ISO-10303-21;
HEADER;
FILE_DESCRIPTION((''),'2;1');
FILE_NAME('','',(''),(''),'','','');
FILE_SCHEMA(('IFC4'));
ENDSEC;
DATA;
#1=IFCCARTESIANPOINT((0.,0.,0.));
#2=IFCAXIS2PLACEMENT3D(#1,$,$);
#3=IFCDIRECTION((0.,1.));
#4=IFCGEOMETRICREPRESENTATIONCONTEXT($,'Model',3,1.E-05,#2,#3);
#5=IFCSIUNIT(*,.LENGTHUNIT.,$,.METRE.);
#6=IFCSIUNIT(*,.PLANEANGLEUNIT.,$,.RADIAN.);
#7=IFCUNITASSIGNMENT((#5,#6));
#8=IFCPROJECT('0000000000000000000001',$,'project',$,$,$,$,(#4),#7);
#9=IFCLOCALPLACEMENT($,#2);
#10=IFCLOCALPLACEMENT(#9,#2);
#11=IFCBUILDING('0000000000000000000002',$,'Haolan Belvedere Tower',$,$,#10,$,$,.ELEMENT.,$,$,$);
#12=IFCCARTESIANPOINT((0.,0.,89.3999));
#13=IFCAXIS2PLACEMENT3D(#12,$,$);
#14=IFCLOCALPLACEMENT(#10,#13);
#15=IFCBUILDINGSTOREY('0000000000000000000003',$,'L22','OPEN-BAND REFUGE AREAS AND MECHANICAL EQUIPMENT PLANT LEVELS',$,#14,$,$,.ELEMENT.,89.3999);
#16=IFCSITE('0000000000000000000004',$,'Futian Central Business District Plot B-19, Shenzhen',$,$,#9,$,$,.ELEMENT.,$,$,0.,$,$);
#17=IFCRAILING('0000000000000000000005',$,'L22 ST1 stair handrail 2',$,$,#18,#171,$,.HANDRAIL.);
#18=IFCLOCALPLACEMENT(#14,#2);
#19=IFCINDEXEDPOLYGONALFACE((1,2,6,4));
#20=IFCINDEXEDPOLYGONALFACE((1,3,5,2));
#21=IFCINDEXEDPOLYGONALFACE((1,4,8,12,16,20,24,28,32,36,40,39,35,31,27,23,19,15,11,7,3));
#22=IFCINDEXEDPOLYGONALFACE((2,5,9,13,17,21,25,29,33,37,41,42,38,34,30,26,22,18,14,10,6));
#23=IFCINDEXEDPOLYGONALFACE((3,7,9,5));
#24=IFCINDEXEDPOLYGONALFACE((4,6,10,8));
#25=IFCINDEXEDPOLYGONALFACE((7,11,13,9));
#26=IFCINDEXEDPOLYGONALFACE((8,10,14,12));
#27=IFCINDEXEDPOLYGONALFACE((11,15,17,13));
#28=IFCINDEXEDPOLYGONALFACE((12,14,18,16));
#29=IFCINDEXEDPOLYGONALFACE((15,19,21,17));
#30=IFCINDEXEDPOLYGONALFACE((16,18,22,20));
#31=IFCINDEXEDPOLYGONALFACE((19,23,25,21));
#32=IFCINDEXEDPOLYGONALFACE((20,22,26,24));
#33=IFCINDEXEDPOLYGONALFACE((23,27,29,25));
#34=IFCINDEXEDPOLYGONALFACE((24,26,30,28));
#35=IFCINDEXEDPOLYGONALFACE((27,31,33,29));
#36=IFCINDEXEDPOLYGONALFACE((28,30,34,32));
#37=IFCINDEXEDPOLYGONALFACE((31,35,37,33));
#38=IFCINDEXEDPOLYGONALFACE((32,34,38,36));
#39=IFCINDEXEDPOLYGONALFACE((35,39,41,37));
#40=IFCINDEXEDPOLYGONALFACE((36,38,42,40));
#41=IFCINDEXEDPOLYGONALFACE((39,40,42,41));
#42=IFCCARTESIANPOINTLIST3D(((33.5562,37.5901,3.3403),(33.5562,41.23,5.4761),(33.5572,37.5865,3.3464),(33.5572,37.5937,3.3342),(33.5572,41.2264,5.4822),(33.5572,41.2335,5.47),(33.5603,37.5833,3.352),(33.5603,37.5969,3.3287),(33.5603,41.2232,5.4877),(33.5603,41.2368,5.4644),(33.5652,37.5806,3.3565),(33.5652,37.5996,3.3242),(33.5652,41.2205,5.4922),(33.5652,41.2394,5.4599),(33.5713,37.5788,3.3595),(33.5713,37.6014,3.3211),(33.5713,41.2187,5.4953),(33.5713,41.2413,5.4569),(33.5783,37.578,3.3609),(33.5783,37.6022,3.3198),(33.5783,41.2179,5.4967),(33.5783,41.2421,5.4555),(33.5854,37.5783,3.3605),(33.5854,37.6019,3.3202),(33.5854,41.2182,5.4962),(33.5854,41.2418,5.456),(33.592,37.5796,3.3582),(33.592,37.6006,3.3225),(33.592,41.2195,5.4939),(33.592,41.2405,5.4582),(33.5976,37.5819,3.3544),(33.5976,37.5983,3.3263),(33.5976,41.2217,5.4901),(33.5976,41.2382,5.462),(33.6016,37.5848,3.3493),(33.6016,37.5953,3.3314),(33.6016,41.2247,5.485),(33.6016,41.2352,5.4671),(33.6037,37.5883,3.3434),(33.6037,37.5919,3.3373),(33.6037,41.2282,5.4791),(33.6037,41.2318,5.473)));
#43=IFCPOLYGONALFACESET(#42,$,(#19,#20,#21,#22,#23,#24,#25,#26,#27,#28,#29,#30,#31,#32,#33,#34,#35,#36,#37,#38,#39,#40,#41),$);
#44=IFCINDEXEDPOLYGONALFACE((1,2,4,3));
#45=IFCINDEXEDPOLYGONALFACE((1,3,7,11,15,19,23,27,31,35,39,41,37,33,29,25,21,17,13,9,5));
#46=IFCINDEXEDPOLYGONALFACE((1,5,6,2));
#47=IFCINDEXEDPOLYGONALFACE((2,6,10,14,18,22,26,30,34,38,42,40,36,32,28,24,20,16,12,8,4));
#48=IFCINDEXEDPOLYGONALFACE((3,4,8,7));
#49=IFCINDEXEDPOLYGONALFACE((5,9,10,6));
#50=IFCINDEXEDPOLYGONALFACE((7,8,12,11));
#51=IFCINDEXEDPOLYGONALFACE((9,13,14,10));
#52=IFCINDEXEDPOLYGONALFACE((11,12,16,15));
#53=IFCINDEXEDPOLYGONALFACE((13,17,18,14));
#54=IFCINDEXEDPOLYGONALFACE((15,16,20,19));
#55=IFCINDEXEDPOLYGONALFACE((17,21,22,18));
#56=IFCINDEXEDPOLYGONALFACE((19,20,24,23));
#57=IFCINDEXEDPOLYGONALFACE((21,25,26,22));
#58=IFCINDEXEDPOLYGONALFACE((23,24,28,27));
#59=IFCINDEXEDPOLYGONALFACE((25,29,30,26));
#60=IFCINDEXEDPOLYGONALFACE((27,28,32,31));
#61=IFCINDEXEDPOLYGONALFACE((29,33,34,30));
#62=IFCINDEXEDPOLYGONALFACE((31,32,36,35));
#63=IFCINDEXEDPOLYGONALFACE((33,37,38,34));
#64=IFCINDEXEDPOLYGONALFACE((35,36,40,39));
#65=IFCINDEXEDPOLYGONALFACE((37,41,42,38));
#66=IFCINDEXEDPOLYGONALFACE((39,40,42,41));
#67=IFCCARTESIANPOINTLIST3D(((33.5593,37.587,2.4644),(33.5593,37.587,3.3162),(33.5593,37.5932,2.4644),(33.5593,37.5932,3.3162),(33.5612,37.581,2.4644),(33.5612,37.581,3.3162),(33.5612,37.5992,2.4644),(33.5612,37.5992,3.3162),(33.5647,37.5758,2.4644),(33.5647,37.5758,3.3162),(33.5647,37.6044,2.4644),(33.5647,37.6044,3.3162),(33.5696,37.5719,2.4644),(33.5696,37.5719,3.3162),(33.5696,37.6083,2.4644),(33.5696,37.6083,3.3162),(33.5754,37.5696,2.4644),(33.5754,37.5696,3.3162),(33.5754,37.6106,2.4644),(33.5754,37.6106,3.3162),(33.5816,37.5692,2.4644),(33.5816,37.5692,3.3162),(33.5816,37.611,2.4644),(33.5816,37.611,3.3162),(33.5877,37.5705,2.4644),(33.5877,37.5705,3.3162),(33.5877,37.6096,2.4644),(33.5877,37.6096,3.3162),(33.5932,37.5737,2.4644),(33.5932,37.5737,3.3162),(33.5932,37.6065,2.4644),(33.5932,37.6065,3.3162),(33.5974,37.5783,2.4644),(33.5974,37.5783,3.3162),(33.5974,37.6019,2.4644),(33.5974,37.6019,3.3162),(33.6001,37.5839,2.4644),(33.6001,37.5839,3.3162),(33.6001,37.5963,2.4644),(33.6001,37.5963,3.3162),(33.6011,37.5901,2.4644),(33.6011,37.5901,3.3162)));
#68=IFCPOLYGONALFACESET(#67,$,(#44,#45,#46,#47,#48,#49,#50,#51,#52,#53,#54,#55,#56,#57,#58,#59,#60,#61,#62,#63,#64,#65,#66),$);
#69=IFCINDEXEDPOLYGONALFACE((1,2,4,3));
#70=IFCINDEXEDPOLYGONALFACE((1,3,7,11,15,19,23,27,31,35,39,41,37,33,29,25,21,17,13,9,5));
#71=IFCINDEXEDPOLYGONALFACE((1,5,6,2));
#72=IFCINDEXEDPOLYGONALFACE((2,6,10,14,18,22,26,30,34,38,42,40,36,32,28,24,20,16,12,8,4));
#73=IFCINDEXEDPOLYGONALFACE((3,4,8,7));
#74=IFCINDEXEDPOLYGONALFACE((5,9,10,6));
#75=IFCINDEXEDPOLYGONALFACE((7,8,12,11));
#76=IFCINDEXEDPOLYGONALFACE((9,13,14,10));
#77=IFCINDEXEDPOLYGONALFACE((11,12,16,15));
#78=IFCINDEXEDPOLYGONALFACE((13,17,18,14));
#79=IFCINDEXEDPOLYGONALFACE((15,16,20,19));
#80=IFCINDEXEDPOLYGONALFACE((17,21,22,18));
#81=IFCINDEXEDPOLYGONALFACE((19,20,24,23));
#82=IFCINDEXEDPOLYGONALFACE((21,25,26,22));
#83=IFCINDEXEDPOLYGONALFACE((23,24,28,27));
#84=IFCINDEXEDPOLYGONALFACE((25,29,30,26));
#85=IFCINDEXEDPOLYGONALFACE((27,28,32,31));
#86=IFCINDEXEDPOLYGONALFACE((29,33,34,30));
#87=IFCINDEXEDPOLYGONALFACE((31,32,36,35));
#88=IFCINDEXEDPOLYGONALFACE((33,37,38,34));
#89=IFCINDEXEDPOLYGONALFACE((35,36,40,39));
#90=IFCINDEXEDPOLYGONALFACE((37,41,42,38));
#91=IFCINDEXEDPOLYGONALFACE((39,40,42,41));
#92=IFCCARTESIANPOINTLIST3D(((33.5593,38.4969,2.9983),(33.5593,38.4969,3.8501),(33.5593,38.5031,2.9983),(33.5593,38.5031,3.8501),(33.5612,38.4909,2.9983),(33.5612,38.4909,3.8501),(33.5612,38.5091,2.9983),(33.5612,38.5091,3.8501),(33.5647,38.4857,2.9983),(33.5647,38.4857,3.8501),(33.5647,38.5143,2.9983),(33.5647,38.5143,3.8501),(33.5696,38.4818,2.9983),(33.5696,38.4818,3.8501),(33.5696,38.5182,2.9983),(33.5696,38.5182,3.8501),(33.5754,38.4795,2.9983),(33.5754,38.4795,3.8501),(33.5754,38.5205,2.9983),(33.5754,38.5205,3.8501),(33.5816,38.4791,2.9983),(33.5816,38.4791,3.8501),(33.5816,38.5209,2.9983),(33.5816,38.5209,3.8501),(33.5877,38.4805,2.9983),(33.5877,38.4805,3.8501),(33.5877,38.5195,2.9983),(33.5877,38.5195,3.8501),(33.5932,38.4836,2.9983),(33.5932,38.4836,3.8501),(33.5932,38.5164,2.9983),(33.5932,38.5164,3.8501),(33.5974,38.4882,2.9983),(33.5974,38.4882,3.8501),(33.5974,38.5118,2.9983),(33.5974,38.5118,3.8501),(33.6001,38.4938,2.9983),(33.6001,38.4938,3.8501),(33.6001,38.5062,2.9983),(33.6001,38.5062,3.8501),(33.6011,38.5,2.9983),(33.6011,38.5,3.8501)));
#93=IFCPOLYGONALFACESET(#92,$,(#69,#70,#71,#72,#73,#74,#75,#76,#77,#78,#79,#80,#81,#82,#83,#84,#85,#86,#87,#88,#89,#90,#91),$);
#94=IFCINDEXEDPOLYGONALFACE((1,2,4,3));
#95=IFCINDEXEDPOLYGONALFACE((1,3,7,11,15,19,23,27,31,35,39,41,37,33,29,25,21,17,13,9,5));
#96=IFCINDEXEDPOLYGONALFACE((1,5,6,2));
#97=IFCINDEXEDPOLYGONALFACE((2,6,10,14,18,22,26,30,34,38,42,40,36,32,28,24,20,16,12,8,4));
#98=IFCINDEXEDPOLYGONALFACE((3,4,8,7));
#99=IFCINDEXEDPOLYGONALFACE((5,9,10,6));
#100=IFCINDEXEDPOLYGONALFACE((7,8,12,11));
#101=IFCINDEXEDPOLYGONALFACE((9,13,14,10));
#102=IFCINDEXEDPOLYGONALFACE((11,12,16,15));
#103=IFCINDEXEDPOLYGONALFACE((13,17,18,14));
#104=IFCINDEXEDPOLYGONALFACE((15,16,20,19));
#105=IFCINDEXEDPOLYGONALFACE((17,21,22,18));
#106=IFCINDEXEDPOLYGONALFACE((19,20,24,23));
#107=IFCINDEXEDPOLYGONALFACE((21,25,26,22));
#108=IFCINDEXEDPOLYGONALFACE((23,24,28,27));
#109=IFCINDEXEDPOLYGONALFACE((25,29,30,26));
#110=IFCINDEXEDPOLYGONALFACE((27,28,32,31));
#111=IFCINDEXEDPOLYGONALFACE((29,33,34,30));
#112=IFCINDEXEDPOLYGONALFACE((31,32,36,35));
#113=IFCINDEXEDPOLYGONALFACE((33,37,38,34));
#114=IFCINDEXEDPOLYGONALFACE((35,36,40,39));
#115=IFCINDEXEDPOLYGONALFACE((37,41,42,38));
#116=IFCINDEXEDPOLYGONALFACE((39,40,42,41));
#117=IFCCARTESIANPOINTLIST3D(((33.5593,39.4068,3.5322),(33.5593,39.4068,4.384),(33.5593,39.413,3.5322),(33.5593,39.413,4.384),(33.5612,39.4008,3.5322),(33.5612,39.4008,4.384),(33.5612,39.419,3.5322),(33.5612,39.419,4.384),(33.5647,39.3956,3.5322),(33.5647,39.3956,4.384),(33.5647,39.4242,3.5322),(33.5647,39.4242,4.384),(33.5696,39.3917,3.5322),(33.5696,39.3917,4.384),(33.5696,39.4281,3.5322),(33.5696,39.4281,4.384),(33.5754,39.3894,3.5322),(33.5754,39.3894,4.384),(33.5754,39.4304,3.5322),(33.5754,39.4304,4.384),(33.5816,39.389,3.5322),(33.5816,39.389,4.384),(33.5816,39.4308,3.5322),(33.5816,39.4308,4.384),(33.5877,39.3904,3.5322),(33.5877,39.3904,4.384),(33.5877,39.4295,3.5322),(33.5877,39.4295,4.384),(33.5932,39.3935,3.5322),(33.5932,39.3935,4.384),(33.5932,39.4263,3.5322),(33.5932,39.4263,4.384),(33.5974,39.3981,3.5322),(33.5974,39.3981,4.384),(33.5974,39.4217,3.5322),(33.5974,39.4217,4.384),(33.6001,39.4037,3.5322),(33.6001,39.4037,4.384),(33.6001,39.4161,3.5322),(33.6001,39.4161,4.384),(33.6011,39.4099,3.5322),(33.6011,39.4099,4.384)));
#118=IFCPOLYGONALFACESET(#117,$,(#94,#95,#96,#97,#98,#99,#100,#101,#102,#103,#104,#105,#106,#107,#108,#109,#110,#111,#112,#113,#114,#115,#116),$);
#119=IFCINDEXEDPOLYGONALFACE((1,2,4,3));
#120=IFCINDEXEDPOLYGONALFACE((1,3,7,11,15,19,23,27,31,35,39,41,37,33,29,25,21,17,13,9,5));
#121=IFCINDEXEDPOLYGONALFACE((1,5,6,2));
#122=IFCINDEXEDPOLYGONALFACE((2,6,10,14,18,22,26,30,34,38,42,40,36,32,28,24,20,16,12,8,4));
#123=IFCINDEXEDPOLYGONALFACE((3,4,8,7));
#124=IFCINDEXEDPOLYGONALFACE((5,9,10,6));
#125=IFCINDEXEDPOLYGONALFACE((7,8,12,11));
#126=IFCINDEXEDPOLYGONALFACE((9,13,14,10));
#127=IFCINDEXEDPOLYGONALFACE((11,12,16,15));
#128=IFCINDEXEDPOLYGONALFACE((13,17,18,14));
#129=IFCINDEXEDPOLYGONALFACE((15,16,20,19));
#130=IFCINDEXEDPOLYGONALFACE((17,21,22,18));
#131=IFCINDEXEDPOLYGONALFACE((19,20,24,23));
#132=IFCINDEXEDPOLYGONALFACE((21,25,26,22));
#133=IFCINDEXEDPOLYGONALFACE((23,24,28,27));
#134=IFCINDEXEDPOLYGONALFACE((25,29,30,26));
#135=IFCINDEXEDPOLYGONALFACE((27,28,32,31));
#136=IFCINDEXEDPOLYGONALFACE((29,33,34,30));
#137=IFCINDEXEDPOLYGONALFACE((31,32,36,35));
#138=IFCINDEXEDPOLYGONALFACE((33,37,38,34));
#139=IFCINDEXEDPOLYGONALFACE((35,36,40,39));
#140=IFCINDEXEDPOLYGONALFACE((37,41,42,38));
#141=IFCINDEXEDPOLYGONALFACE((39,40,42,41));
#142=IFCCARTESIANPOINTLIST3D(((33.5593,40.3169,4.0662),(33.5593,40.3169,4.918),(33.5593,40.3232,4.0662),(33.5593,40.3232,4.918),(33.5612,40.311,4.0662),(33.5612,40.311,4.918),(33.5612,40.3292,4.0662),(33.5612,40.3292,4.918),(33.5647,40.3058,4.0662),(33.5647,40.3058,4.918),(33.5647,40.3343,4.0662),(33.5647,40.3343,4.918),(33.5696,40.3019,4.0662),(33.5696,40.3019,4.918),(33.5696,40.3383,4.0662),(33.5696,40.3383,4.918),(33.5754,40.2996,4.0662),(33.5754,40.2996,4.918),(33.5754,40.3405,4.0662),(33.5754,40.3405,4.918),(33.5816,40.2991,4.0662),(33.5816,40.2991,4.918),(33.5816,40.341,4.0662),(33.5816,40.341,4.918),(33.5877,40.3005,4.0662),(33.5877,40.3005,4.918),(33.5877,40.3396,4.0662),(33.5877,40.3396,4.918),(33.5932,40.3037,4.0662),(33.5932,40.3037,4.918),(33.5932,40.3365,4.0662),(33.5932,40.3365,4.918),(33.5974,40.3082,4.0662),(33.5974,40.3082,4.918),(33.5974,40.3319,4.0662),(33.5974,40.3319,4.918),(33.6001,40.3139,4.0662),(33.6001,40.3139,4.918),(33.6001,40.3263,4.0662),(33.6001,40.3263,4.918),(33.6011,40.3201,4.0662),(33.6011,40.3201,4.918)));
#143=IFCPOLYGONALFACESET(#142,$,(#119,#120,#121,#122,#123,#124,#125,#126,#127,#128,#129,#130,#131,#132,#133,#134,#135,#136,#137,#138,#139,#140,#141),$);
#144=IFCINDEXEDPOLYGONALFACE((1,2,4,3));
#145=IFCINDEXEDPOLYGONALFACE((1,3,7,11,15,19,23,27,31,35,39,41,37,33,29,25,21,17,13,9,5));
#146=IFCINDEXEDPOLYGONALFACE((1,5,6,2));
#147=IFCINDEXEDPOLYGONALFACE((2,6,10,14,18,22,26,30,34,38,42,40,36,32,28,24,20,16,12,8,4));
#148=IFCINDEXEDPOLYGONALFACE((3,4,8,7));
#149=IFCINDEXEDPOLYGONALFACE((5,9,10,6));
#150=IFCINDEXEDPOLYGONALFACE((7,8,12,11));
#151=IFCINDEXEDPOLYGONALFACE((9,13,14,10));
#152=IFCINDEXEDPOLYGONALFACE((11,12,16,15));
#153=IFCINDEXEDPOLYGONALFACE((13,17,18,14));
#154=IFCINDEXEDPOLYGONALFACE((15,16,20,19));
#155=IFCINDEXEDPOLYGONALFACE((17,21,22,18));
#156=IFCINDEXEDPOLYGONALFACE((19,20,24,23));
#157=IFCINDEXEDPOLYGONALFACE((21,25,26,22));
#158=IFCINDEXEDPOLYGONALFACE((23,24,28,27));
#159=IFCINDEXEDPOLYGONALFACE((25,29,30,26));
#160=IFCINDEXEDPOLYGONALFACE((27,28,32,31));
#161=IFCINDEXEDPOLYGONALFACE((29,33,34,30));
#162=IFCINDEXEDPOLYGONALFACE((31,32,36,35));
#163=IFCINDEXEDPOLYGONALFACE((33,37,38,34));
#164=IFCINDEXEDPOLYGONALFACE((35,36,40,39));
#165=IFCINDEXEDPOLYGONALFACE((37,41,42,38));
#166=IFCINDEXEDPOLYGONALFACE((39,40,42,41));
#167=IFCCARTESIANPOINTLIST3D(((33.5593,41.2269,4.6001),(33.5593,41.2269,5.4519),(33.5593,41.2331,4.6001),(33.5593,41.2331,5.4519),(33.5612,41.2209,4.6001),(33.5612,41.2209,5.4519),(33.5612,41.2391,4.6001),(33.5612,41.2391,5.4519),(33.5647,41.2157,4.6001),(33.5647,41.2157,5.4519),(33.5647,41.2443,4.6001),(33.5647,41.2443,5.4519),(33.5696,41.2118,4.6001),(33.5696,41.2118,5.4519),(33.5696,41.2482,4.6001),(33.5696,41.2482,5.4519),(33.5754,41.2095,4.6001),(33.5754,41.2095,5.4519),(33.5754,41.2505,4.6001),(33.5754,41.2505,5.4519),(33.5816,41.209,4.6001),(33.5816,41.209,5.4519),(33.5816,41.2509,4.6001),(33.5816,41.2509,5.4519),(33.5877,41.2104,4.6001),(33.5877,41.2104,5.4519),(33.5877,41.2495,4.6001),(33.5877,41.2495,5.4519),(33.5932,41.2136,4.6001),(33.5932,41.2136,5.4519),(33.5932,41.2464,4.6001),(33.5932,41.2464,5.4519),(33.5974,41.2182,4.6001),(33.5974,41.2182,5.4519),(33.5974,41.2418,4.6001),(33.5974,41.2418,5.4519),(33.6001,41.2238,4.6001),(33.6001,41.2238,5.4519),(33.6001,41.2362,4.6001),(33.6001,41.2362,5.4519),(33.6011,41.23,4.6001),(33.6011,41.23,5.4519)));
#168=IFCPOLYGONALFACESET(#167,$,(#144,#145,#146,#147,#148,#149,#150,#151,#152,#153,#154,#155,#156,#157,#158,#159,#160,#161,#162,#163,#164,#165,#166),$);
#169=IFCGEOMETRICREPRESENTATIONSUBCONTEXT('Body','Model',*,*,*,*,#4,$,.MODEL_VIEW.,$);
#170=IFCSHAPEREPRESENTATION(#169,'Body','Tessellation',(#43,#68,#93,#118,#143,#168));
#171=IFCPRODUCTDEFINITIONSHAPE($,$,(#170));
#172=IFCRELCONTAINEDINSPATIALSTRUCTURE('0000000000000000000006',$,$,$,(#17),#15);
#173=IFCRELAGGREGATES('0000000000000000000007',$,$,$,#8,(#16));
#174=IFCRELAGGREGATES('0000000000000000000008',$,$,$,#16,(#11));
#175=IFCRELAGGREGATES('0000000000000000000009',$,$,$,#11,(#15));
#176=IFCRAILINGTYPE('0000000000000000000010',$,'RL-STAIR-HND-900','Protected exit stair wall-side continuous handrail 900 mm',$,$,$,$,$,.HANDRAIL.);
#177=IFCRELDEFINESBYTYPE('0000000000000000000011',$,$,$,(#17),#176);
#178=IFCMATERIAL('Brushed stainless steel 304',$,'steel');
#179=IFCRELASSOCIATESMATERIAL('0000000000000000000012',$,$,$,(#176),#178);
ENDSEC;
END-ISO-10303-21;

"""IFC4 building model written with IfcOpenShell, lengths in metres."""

from ifc_helpers import new_model, si_unit, direction, frame, origin, origin_2d, place, context, subcontext, project, spatial, circle, extrude, material, type_object, element, save


model = new_model("IFC4")

# Units and contexts
model_context = context("Model", 3, precision=1e-05, world=origin(), true_north=direction((0.0, 1.0)))
body_context = subcontext(model_context, "Body", "Model", "MODEL_VIEW")
ifc_project = project(units=[si_unit("LENGTHUNIT", "METRE"), si_unit("PLANEANGLEUNIT", "RADIAN")], contexts=[model_context])

# Site, building, storey
site_placement = place(None, origin())
site = spatial("IfcSite", under=ifc_project, at=site_placement, Name="Futian Central Business District Plot B-19, Shenzhen", CompositionType="ELEMENT", RefElevation=0.0)
building_placement = place(site_placement, origin())
building = spatial("IfcBuilding", under=site, at=building_placement, Name="Haolan Belvedere Tower", CompositionType="ELEMENT")
storey_placement = place(building_placement, frame((0.0, 0.0, 89.3999)))
storey = spatial("IfcBuildingStorey", under=building, at=storey_placement, Name="L22", Description="OPEN-BAND REFUGE AREAS AND MECHANICAL EQUIPMENT PLANT LEVELS", CompositionType="ELEMENT", Elevation=89.3999)

# Railing
ifc_material_1 = material(Name="Brushed stainless steel 304", Category="steel")
railing_type_1 = type_object("IfcRailingType", Name="RL-STAIR-HND-900", Description="Protected exit stair wall-side continuous handrail 900 mm", PredefinedType="HANDRAIL", material=ifc_material_1)
railing_1_placement = place(storey_placement, frame((33.5801, 37.5901, 2.4644)))
element("IfcRailing", 1, at=railing_1_placement, inside=storey, type_object=railing_type_1, Name="L22 ST1 stair handrail 2", PredefinedType="HANDRAIL", context=body_context, shape_type="SweptSolid", body=[
    extrude(circle(Radius=0.0239, at=origin_2d()), frame((0.0, 0.0, 0.876), z_axis=(0.0, 0.86249, 0.506074), x_axis=(-1.0, 0.0, 0.0)), (0.0, 0.0, 1.0), 4.2202),
    extrude(circle(Radius=0.021, at=origin_2d()), origin(), (0.0, 0.0, 1.0), 0.8518),
    extrude(circle(Radius=0.021, at=origin_2d()), frame((0.0, 0.9099, 0.5339)), (0.0, 0.0, 1.0), 0.8518),
    extrude(circle(Radius=0.021, at=origin_2d()), frame((0.0, 1.8198, 1.0679)), (0.0, 0.0, 1.0), 0.8518),
    extrude(circle(Radius=0.021, at=origin_2d()), frame((0.0, 2.73, 1.6018)), (0.0, 0.0, 1.0), 0.8518),
    extrude(circle(Radius=0.021, at=origin_2d()), frame((0.0, 3.6399, 2.1357)), (0.0, 0.0, 1.0), 0.8518),
])

save(model, "model.ifc")
